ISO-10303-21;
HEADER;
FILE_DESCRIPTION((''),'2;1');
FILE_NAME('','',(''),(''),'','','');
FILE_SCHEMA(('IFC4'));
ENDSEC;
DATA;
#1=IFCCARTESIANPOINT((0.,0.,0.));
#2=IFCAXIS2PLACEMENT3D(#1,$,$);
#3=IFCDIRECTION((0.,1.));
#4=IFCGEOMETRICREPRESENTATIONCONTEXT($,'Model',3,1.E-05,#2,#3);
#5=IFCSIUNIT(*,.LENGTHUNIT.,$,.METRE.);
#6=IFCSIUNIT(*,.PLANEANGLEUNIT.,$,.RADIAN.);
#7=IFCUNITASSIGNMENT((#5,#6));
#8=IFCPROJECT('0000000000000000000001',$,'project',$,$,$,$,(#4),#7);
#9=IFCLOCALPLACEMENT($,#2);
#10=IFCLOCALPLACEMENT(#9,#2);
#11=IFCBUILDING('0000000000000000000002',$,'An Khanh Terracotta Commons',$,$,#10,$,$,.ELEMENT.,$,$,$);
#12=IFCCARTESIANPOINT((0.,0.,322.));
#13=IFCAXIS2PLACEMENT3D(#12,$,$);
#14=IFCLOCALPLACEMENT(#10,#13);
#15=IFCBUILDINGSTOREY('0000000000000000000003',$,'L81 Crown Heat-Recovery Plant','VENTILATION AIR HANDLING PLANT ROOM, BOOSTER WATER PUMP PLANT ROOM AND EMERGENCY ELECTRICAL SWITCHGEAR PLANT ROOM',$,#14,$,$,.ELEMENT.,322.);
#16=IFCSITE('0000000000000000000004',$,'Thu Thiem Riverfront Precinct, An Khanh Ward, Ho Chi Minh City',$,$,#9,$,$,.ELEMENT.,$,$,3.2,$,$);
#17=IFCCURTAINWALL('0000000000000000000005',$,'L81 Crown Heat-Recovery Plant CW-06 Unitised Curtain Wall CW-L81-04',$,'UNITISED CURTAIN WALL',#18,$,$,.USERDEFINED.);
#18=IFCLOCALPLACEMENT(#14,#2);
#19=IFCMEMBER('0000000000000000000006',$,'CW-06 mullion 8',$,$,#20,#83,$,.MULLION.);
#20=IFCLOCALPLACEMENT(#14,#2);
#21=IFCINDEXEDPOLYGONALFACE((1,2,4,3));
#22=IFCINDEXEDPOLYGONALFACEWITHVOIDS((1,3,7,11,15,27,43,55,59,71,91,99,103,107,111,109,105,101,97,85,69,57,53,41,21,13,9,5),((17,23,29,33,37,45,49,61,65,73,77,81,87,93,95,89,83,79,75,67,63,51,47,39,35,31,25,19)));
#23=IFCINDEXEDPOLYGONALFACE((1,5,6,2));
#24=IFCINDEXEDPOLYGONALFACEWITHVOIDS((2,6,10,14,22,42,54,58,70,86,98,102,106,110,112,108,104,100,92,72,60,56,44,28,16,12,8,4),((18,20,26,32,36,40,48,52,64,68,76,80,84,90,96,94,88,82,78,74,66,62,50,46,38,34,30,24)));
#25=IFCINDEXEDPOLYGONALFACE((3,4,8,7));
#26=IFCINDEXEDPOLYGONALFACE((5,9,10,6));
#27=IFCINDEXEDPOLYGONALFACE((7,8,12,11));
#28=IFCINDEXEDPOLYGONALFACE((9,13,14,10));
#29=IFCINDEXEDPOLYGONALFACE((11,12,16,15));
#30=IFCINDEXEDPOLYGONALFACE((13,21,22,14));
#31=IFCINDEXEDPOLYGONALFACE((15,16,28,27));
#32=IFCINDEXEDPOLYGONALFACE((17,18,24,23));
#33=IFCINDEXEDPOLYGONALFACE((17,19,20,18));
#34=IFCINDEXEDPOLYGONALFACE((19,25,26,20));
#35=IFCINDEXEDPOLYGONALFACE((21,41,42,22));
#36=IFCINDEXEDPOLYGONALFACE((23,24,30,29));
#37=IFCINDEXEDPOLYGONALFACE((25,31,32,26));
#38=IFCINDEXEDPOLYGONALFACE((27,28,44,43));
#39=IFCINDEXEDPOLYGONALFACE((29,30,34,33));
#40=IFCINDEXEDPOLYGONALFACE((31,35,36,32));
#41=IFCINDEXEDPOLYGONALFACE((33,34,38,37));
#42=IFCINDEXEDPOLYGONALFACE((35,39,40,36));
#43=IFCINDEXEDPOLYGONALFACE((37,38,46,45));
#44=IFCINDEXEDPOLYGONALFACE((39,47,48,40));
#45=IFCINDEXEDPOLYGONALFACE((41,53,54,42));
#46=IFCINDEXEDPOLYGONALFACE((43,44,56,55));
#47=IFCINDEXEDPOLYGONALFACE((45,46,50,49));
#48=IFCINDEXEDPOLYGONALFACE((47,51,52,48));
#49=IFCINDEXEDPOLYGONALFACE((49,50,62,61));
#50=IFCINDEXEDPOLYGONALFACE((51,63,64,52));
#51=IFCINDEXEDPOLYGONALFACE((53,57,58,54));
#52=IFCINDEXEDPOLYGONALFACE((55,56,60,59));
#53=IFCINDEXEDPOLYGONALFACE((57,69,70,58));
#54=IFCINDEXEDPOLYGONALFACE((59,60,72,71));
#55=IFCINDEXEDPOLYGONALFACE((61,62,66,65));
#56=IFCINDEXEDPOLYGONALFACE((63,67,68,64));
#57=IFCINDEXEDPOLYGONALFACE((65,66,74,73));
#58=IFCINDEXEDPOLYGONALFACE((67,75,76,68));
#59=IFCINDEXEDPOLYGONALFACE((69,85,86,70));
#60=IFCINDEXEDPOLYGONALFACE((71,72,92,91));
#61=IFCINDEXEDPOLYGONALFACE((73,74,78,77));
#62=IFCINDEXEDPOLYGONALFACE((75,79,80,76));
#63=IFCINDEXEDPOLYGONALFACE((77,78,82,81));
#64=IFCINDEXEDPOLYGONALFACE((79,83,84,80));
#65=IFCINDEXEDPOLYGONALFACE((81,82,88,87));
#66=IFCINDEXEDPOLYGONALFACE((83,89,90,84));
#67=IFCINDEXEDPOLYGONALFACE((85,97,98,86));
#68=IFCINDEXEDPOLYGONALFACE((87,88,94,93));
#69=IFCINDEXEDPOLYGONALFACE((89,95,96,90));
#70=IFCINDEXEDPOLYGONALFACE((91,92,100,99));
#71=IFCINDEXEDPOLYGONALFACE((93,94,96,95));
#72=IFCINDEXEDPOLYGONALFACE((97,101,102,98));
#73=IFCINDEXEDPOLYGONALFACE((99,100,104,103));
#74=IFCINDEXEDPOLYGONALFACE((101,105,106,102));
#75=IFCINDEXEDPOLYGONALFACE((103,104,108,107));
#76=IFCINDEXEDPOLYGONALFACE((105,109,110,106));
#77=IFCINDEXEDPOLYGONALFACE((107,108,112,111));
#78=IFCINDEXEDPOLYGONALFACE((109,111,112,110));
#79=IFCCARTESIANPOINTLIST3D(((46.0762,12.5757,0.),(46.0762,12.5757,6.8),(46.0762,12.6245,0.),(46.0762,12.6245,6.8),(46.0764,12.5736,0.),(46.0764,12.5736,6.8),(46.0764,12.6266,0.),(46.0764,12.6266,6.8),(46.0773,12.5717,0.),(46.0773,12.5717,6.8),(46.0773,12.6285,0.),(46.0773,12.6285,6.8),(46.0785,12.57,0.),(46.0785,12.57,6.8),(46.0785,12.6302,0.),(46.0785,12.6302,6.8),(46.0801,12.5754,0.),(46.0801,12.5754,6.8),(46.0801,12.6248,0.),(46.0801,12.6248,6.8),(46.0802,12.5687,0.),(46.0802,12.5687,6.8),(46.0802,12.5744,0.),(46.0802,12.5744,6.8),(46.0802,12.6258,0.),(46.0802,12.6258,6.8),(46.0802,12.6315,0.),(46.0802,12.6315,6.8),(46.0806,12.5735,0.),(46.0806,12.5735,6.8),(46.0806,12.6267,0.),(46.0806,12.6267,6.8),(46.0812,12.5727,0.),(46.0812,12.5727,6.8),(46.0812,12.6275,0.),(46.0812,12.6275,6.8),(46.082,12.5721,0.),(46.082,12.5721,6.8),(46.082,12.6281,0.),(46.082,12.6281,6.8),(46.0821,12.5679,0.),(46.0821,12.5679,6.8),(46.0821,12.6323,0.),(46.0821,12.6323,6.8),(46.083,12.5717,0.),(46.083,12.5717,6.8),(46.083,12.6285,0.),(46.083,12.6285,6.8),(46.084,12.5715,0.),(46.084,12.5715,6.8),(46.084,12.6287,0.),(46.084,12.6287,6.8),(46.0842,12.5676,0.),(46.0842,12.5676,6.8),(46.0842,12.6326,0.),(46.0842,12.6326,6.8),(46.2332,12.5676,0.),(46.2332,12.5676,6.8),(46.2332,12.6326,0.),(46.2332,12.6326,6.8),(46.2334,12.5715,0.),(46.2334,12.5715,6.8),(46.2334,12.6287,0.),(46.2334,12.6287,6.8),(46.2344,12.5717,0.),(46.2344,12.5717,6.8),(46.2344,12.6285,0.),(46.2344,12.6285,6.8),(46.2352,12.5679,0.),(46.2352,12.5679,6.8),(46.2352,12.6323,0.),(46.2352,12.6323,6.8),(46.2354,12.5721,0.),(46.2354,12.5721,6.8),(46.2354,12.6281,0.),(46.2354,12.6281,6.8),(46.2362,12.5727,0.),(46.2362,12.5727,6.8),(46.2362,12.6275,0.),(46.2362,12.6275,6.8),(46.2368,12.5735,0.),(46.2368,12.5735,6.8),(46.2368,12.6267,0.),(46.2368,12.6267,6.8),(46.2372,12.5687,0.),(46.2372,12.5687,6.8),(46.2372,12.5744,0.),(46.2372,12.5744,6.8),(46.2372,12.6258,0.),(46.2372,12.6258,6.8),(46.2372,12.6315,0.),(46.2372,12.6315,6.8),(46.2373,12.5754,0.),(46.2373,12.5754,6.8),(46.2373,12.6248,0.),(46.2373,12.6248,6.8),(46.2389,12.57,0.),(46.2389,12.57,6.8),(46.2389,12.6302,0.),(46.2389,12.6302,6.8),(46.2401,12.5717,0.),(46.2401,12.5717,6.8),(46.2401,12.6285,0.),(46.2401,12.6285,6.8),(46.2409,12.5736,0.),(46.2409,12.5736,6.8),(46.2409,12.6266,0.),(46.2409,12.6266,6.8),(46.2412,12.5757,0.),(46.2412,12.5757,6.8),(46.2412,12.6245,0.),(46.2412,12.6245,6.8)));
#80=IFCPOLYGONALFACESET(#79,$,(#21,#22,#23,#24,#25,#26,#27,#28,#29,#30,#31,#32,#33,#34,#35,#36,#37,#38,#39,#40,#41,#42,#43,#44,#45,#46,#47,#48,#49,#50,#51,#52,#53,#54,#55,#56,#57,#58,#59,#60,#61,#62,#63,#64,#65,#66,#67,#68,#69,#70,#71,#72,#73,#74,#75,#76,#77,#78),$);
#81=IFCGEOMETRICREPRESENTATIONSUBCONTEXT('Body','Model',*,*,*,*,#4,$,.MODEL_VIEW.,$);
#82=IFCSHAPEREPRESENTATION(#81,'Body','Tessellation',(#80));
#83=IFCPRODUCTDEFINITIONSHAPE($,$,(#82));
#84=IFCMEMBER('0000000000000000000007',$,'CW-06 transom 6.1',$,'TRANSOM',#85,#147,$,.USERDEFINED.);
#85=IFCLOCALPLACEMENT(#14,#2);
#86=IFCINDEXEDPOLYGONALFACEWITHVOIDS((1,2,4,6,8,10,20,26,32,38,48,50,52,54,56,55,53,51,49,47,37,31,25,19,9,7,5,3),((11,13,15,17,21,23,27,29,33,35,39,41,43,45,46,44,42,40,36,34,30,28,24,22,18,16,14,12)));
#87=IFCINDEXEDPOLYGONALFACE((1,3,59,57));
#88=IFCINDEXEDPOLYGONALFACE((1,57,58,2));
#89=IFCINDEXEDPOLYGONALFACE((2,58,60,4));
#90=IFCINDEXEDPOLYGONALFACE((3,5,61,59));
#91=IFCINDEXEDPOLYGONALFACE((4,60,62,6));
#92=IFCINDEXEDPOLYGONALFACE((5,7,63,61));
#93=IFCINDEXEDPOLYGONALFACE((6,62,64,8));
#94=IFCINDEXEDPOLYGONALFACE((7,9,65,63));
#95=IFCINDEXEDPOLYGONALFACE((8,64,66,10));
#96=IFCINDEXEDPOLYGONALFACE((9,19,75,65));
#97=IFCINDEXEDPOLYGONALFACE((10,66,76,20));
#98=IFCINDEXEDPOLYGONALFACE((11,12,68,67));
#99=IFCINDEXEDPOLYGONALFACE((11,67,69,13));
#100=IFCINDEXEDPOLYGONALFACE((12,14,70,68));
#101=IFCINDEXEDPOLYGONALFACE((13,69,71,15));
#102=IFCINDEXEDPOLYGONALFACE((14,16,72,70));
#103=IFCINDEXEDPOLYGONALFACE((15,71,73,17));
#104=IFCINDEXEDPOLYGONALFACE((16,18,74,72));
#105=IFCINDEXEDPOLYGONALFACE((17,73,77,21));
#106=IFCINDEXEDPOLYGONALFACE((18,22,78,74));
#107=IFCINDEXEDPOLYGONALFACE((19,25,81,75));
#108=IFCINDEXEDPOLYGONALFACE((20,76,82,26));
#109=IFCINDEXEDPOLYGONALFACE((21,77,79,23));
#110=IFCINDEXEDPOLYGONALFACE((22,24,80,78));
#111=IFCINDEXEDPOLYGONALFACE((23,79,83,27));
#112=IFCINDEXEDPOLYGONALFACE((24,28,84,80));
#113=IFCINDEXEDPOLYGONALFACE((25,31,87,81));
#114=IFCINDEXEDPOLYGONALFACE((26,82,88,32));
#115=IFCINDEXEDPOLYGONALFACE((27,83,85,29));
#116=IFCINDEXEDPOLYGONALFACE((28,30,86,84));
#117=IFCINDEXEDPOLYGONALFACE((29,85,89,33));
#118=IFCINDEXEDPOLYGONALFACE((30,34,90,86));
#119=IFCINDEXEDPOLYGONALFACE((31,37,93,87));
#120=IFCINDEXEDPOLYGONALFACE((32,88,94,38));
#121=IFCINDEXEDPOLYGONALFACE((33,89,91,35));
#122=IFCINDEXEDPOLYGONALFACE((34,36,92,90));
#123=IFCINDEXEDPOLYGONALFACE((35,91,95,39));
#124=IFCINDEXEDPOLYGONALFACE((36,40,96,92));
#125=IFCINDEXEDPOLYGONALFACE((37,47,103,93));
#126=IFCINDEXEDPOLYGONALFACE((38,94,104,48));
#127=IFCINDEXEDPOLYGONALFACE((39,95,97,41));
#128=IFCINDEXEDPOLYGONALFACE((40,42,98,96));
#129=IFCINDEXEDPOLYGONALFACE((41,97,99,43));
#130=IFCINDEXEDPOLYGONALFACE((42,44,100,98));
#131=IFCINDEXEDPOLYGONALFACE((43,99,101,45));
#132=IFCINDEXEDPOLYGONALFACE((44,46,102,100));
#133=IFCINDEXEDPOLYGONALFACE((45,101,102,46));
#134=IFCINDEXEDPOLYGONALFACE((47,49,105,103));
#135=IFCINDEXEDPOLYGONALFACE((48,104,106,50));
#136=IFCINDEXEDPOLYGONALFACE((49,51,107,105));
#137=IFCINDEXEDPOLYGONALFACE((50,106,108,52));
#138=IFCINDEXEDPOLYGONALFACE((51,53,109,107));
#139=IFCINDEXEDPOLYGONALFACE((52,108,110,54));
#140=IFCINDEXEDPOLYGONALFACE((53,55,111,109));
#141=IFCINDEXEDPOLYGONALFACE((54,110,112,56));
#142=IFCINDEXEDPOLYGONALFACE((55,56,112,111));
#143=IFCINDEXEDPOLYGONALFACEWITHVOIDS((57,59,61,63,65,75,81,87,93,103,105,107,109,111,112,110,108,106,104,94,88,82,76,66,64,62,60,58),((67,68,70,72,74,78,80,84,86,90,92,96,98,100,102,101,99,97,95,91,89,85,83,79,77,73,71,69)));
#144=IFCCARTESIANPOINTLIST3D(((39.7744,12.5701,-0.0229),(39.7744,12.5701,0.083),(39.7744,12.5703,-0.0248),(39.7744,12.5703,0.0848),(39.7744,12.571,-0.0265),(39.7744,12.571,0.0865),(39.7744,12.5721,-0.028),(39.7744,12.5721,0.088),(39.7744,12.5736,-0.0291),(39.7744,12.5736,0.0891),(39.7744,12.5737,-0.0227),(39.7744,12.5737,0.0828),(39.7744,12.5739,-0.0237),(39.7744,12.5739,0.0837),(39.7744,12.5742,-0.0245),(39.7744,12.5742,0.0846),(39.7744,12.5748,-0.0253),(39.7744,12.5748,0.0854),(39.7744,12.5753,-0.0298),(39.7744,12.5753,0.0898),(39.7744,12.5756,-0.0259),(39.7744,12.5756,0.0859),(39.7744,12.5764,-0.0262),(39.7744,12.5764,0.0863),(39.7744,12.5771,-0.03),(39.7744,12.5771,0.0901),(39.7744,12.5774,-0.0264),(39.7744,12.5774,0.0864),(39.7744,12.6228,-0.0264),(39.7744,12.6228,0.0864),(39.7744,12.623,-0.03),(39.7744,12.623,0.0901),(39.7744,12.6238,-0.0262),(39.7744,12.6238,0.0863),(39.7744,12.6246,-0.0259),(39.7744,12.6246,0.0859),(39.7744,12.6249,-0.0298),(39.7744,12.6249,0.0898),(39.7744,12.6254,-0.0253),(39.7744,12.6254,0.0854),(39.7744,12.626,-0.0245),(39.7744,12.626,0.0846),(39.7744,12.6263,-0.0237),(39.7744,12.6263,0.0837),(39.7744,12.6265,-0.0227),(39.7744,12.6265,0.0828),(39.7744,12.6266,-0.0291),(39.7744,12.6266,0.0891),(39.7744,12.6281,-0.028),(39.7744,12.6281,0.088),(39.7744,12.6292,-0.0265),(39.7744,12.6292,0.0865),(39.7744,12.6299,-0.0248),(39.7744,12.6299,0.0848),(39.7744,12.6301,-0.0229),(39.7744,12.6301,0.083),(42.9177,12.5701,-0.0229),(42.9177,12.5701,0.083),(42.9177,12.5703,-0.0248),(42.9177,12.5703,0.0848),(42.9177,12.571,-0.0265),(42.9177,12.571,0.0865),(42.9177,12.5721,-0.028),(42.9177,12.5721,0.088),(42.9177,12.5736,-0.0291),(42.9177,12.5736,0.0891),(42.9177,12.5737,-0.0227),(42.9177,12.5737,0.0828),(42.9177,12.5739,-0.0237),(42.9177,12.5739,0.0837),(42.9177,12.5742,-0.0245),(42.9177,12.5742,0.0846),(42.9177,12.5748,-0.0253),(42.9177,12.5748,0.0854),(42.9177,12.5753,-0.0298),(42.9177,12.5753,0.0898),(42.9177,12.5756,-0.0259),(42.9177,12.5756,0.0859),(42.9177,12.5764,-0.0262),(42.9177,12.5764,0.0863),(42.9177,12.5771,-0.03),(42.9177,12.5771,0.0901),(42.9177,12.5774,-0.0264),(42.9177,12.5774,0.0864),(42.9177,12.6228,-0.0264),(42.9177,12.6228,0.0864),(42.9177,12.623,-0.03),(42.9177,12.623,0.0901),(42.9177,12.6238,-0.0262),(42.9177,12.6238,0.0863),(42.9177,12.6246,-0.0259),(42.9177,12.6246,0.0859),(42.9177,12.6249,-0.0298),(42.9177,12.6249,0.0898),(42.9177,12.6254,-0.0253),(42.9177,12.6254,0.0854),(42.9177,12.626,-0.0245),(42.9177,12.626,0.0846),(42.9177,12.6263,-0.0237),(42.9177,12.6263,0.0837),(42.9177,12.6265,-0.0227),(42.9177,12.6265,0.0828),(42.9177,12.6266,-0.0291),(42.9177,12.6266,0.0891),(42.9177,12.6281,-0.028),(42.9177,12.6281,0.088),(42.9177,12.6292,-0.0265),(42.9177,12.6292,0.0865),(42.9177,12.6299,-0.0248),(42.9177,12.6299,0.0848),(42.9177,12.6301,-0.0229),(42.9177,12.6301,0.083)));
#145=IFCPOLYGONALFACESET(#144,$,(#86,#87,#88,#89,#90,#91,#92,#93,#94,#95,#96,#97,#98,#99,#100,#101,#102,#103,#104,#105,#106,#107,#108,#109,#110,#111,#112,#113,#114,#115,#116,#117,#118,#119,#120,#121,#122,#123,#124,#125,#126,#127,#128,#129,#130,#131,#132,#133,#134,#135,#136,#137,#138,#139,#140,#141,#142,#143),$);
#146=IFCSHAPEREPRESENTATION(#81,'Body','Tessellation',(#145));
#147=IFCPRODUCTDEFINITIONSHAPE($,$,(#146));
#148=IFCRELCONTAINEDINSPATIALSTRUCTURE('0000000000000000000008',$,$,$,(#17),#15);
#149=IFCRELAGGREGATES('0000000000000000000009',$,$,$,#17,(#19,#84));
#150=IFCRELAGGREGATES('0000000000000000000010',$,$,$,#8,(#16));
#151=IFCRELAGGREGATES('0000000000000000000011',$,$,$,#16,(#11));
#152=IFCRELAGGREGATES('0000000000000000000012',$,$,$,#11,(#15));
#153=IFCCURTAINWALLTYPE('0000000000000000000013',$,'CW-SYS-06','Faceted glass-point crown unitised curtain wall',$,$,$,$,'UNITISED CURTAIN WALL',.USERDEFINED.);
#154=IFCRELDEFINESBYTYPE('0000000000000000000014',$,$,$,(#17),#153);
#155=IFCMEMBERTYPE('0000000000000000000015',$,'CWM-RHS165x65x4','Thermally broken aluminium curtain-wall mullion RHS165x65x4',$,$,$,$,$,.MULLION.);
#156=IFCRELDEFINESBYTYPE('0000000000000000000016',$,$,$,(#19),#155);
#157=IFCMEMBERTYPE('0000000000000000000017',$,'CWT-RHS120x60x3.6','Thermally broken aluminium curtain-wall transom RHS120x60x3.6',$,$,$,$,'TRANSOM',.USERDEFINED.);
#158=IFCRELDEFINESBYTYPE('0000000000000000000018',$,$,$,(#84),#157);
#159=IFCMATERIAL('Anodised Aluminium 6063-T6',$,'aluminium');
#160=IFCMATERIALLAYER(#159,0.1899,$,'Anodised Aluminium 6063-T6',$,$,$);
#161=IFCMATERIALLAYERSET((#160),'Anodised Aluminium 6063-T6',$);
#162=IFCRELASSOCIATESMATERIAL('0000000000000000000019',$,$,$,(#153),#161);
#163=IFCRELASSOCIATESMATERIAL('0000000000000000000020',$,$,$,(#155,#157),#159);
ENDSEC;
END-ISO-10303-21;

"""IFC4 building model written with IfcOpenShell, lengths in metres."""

from ifc_helpers import new_model, si_unit, direction, frame, origin, origin_2d, place, context, subcontext, project, spatial, hollow_rectangle, extrude, material, layer, layer_set, material_profile, profile_set, type_object, element, aggregate, save


model = new_model("IFC4")

# Units and contexts
model_context = context("Model", 3, precision=1e-05, world=origin(), true_north=direction((0.0, 1.0)))
body_context = subcontext(model_context, "Body", "Model", "MODEL_VIEW")
ifc_project = project(units=[si_unit("LENGTHUNIT", "METRE"), si_unit("PLANEANGLEUNIT", "RADIAN")], contexts=[model_context])

# Site, building, storey
site_placement = place(None, origin())
site = spatial("IfcSite", under=ifc_project, at=site_placement, Name="Thu Thiem Riverfront Precinct, An Khanh Ward, Ho Chi Minh City", CompositionType="ELEMENT", RefElevation=3.2)
building_placement = place(site_placement, origin())
building = spatial("IfcBuilding", under=site, at=building_placement, Name="An Khanh Terracotta Commons", CompositionType="ELEMENT")
storey_placement = place(building_placement, frame((0.0, 0.0, 322.0)))
storey = spatial("IfcBuildingStorey", under=building, at=storey_placement, Name="L81 Crown Heat-Recovery Plant", Description="VENTILATION AIR HANDLING PLANT ROOM, BOOSTER WATER PUMP PLANT ROOM AND EMERGENCY ELECTRICAL SWITCHGEAR PLANT ROOM", CompositionType="ELEMENT", Elevation=322.0)

# Curtain wall, members
ifc_material_1 = material(Name="Anodised Aluminium 6063-T6", Category="aluminium")
ifc_layer_1 = layer(ifc_material_1, 0.1899, Name="Anodised Aluminium 6063-T6")
ifc_layer_set_1 = layer_set([ifc_layer_1], Name="Anodised Aluminium 6063-T6")
curtain_wall_type = type_object("IfcCurtainWallType", Name="CW-SYS-06", Description="Faceted glass-point crown unitised curtain wall", ElementType="UNITISED CURTAIN WALL", PredefinedType="USERDEFINED", material=ifc_layer_set_1)
curtain_wall_placement = place(storey_placement, origin())
curtain_wall = element("IfcCurtainWall", 1, at=curtain_wall_placement, inside=storey, type_object=curtain_wall_type, Name="L81 Crown Heat-Recovery Plant CW-06 Unitised Curtain Wall CW-L81-04", ObjectType="UNITISED CURTAIN WALL", PredefinedType="USERDEFINED")
ifc_material_profile_1 = material_profile(ifc_material_1, hollow_rectangle(XDim=0.0649, YDim=0.165, WallThickness=0.0039, InnerFilletRadius=0.0039, OuterFilletRadius=0.0081, at=origin_2d()), Name="RHS165x65x4")
ifc_profile_set_1 = profile_set([ifc_material_profile_1], Name="Anodised Aluminium 6063-T6")
member_type_1 = type_object("IfcMemberType", Name="CWM-RHS165x65x4", Description="Thermally broken aluminium curtain-wall mullion RHS165x65x4", PredefinedType="MULLION", material=ifc_profile_set_1)
member_1_placement = place(storey_placement, frame((46.1587, 12.6001, 0.0), z_axis=(0.0, 0.0, 1.0), x_axis=(0.0, 1.0, 0.0)))
member_1 = element("IfcMember", 2, at=member_1_placement, type_object=member_type_1, Name="CW-06 mullion 8", PredefinedType="MULLION", context=body_context, shape_type="SweptSolid", body=[
    extrude(hollow_rectangle(XDim=0.0649, YDim=0.165, WallThickness=0.0039, InnerFilletRadius=0.0039, OuterFilletRadius=0.0081, at=origin_2d()), origin(), (0.0, 0.0, 1.0), 6.8),
])
ifc_material_profile_2 = material_profile(ifc_material_1, hollow_rectangle(XDim=0.0601, YDim=0.1201, WallThickness=0.0037, InnerFilletRadius=0.0037, OuterFilletRadius=0.0071, at=origin_2d()), Name="RHS120x60x3.6")
ifc_profile_set_2 = profile_set([ifc_material_profile_2], Name="Anodised Aluminium 6063-T6")
member_type_2 = type_object("IfcMemberType", Name="CWT-RHS120x60x3.6", Description="Thermally broken aluminium curtain-wall transom RHS120x60x3.6", ElementType="TRANSOM", PredefinedType="USERDEFINED", material=ifc_profile_set_2)
member_2_placement = place(storey_placement, frame((39.7744, 12.6001, 0.03), z_axis=(1.0, 0.0, 0.0), x_axis=(0.0, 1.0, 0.0)))
member_2 = element("IfcMember", 3, at=member_2_placement, type_object=member_type_2, Name="CW-06 transom 6.1", ObjectType="TRANSOM", PredefinedType="USERDEFINED", context=body_context, shape_type="SweptSolid", body=[
    extrude(hollow_rectangle(XDim=0.0601, YDim=0.1201, WallThickness=0.0037, InnerFilletRadius=0.0037, OuterFilletRadius=0.0071, at=origin_2d()), origin(), (0.0, 0.0, 1.0), 3.1433),
])
aggregate(curtain_wall, [member_1, member_2])

save(model, "model.ifc")
